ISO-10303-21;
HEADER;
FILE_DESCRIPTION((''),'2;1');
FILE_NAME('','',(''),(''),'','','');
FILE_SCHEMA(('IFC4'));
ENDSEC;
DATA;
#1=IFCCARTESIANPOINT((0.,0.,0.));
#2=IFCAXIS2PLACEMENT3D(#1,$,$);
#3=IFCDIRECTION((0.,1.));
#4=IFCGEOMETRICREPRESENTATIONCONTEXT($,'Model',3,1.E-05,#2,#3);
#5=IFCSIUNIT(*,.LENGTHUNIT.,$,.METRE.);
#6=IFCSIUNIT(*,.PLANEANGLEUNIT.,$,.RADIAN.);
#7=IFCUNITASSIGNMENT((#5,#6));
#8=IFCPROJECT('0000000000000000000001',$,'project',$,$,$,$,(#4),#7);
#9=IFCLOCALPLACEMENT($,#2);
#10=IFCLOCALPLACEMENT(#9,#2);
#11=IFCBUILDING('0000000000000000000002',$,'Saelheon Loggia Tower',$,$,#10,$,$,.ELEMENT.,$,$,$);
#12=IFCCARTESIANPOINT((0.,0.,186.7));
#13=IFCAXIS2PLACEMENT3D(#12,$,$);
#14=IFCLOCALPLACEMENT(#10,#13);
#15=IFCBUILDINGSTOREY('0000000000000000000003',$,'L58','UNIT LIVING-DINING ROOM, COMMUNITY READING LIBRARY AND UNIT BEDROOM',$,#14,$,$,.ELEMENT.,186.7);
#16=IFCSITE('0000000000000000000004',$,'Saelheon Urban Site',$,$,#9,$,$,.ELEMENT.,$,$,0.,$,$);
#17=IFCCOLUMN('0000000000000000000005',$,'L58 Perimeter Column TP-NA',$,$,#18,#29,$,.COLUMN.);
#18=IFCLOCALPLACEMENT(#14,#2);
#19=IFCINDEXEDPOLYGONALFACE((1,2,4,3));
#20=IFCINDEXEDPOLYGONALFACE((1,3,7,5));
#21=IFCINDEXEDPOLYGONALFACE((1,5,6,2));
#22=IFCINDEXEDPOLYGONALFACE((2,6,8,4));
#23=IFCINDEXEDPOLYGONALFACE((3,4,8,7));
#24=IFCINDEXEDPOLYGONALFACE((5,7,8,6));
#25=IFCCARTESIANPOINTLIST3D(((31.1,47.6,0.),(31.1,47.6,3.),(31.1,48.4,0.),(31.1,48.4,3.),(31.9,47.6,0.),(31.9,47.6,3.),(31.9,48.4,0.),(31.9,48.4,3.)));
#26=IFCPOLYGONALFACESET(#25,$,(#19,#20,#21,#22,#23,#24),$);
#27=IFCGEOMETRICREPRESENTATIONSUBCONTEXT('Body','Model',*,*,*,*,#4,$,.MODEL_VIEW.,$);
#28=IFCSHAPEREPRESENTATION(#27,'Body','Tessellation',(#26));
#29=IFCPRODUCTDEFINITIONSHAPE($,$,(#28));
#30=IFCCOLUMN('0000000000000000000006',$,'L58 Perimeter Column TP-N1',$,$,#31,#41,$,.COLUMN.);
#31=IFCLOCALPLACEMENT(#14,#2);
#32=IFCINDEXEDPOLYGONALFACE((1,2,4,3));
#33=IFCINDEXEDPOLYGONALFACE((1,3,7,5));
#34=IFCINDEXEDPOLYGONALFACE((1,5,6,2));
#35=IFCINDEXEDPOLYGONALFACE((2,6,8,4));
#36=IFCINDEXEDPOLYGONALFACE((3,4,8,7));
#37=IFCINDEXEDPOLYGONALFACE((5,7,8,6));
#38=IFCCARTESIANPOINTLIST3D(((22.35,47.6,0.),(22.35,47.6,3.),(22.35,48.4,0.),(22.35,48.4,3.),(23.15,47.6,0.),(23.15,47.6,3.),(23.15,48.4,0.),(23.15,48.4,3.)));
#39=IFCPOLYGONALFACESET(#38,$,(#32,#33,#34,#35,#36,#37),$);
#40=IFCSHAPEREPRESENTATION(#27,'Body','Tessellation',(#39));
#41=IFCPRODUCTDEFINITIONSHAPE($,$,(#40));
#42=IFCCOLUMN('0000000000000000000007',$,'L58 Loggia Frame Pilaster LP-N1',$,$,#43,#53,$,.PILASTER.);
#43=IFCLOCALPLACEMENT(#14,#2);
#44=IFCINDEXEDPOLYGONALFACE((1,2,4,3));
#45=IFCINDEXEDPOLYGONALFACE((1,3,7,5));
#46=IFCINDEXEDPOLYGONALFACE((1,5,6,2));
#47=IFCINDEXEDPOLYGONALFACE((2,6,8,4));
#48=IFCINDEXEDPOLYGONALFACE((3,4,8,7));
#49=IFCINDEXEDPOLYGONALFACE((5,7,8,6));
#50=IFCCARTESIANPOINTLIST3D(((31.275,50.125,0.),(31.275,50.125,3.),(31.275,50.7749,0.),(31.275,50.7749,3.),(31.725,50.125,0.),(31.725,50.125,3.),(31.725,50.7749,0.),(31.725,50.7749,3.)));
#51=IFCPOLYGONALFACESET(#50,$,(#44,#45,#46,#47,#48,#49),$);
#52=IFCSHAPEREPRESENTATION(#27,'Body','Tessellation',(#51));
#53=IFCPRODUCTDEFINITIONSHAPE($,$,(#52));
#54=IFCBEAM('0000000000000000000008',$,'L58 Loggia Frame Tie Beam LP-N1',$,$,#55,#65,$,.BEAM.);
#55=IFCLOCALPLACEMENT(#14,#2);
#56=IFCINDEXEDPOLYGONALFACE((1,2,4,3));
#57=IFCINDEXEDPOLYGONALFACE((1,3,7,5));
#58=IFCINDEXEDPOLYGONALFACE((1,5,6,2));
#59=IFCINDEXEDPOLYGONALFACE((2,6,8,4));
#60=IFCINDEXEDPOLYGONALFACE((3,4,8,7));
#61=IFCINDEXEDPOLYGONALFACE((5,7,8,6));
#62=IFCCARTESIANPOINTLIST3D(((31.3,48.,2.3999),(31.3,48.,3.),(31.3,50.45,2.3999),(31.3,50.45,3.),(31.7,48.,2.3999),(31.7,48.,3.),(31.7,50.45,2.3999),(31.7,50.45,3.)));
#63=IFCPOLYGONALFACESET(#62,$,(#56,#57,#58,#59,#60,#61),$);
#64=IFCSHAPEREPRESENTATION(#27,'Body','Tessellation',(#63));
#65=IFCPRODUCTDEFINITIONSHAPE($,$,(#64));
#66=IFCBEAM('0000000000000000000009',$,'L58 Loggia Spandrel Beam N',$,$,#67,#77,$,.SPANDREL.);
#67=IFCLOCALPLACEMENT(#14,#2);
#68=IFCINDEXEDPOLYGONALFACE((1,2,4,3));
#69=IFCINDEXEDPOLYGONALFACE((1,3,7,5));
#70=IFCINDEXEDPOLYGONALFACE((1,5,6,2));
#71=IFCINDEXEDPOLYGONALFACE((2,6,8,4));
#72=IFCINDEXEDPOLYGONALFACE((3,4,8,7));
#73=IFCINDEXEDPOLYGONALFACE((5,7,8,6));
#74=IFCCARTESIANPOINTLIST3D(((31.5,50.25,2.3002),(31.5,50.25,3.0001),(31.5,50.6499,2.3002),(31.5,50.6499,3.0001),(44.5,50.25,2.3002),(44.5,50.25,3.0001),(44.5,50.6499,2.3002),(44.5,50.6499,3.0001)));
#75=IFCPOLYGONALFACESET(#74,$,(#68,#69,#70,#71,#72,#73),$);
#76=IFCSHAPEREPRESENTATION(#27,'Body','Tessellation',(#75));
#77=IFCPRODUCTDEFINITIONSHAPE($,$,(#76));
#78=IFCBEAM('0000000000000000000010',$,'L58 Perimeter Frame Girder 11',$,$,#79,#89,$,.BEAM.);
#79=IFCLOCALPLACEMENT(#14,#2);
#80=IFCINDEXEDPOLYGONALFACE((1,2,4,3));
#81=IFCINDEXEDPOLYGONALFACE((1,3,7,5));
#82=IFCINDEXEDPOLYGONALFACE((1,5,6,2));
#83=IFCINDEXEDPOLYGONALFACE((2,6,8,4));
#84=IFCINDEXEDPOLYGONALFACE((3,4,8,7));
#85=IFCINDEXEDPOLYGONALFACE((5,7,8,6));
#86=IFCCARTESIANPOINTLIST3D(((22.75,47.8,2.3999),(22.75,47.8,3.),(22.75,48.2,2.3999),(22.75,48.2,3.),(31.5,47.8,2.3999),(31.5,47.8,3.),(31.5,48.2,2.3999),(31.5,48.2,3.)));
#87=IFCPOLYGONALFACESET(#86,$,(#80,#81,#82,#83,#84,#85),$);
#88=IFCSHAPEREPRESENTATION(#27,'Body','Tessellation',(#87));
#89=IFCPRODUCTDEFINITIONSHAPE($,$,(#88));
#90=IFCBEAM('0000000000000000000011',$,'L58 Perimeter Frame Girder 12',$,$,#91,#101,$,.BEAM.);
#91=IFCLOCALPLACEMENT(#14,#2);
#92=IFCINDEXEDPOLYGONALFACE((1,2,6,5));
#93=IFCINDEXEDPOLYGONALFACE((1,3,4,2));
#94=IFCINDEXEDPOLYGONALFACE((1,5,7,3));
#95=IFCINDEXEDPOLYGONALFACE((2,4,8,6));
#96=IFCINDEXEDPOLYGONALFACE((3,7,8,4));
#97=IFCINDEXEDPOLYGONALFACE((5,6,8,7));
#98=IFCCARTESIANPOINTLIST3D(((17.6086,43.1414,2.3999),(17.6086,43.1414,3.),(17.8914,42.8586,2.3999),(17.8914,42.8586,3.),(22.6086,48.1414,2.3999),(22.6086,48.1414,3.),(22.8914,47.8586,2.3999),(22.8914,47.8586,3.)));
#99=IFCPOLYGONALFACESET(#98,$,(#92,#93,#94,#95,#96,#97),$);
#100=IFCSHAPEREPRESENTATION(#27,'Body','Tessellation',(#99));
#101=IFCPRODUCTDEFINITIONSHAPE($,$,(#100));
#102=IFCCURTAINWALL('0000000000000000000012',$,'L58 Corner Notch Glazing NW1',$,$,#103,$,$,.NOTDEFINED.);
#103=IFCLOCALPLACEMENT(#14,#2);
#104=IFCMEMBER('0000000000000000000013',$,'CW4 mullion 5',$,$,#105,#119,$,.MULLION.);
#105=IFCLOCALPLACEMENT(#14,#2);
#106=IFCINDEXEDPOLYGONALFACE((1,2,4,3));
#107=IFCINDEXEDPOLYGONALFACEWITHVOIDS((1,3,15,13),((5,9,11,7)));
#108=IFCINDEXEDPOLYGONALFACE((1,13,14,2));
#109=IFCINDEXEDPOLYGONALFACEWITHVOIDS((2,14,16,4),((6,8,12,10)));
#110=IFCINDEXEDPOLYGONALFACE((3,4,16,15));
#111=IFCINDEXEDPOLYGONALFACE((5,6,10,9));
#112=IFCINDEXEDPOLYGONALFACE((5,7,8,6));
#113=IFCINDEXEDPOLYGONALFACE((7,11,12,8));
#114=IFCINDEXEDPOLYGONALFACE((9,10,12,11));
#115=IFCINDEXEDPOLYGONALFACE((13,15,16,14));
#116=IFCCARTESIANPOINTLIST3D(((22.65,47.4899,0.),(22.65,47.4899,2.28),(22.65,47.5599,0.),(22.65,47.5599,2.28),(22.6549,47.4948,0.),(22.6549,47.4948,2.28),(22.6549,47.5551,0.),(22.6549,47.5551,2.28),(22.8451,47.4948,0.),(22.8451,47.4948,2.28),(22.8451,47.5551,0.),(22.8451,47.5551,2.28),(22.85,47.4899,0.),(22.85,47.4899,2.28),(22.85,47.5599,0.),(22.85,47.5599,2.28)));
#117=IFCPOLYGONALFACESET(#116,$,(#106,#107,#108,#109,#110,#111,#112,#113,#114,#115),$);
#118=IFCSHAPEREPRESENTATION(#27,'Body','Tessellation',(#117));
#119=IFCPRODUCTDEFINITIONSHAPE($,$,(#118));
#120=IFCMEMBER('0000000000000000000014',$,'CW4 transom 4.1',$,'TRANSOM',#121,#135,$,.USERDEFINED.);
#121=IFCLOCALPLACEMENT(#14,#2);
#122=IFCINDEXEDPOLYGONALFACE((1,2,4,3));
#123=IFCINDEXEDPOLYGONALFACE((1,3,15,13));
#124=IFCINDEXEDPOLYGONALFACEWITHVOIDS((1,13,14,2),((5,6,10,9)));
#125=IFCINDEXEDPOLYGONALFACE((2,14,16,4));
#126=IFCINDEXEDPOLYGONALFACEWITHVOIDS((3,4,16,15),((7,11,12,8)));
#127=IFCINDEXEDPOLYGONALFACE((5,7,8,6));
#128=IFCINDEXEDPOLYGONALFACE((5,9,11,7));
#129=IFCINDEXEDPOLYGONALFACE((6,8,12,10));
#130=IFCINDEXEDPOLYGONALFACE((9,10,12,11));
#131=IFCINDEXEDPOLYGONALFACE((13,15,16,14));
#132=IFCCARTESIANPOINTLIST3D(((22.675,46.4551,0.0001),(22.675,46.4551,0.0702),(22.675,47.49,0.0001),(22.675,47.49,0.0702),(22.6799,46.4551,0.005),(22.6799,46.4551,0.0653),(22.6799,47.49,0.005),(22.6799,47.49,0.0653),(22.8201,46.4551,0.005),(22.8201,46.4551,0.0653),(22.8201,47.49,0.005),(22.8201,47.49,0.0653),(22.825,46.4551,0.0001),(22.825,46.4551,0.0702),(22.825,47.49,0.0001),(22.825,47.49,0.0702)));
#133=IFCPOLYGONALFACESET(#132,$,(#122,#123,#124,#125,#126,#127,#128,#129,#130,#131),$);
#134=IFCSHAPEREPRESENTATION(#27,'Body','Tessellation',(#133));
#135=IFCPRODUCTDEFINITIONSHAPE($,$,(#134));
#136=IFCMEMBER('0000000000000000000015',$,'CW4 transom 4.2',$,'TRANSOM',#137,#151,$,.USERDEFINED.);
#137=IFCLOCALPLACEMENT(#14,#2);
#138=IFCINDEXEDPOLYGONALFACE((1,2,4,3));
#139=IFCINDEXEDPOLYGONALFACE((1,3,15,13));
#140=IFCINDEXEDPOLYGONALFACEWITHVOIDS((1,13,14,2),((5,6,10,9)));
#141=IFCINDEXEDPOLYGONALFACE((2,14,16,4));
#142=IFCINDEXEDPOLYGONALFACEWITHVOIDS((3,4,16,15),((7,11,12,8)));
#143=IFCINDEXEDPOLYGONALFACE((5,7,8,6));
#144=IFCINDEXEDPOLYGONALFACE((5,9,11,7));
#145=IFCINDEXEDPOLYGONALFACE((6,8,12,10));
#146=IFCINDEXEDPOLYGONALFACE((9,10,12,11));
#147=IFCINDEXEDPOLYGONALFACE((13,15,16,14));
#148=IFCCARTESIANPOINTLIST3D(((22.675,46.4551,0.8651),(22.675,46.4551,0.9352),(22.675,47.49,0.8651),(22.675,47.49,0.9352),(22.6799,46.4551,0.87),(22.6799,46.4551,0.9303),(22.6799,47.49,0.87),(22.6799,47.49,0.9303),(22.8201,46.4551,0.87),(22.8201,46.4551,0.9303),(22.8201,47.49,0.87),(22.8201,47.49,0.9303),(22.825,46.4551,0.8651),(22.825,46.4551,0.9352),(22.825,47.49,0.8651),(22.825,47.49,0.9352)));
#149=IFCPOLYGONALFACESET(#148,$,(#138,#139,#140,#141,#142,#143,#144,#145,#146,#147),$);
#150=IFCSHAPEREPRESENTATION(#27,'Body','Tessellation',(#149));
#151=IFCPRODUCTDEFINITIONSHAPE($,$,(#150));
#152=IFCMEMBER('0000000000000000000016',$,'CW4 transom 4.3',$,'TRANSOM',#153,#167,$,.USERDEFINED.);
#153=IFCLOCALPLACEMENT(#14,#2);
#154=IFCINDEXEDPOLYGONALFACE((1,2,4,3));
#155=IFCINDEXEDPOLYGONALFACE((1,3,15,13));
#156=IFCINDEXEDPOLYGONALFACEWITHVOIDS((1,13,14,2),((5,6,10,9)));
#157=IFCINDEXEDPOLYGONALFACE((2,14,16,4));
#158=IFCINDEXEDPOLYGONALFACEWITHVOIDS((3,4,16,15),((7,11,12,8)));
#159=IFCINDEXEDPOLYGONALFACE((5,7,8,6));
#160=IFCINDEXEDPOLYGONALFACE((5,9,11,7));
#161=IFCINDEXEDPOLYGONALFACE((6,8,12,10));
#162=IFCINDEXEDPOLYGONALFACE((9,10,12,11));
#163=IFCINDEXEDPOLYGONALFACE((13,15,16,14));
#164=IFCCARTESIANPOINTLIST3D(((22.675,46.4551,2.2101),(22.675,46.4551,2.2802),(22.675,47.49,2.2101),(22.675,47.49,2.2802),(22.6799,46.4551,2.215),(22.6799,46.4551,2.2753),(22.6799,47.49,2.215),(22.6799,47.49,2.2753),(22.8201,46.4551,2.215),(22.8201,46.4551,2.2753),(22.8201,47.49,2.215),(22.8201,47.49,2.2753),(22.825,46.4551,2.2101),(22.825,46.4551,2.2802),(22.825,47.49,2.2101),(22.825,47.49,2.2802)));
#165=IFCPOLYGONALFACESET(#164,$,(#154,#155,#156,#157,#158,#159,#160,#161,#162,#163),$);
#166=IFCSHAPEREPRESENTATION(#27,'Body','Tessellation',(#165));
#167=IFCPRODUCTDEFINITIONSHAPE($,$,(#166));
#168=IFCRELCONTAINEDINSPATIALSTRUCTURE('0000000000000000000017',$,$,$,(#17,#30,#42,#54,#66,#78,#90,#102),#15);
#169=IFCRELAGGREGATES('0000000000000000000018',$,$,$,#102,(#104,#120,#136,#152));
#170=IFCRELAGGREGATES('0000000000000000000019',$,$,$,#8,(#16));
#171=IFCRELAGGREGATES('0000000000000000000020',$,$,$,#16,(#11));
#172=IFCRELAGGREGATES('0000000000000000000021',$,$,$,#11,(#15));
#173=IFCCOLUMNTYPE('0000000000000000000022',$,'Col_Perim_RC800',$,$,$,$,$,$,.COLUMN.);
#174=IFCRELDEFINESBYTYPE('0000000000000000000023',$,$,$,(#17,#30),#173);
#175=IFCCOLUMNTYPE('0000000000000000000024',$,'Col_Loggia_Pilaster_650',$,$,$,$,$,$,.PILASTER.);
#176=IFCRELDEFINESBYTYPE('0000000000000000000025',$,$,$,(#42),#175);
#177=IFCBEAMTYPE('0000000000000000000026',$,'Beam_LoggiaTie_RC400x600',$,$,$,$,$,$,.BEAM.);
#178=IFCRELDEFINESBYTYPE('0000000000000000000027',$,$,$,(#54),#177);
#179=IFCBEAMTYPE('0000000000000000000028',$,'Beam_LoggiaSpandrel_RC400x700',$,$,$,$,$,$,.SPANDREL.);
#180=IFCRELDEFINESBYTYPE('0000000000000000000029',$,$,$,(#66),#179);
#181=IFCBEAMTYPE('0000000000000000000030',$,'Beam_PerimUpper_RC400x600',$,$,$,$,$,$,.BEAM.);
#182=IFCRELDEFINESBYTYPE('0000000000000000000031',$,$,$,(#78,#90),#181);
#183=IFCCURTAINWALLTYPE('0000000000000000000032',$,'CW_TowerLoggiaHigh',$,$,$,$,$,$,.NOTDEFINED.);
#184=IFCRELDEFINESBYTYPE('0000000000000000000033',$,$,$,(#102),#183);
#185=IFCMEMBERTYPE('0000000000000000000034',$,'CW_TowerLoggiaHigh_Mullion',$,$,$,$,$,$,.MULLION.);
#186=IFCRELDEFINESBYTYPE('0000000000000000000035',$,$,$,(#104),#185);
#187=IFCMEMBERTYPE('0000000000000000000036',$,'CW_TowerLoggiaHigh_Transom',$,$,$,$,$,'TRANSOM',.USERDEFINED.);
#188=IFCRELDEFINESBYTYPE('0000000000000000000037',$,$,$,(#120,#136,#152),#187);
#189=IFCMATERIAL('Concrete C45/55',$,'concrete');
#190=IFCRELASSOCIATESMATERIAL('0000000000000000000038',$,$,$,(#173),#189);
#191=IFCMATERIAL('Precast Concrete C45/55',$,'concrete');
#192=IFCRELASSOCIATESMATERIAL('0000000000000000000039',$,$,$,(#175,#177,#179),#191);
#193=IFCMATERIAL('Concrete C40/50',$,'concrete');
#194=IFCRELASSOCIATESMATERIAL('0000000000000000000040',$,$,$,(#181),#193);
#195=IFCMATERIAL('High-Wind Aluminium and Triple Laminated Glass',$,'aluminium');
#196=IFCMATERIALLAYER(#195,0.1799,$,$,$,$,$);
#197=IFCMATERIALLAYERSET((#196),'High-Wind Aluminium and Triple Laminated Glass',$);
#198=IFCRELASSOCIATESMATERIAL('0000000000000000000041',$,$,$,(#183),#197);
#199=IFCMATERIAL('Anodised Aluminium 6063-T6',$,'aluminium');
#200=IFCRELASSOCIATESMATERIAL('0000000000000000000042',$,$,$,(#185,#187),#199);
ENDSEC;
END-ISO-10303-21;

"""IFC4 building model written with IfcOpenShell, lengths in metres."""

from ifc_helpers import new_model, si_unit, direction, frame, origin, origin_2d, place, context, subcontext, project, spatial, rectangle, hollow_rectangle, extrude, source, transform, mapped, material, layer, layer_set, material_profile, profile_set, type_object, element, aggregate, save


model = new_model("IFC4")

# Units and contexts
model_context = context("Model", 3, precision=1e-05, world=origin(), true_north=direction((0.0, 1.0)))
body_context = subcontext(model_context, "Body", "Model", "MODEL_VIEW")
ifc_project = project(units=[si_unit("LENGTHUNIT", "METRE"), si_unit("PLANEANGLEUNIT", "RADIAN")], contexts=[model_context])

# Site, building, storey
site_placement = place(None, origin())
site = spatial("IfcSite", under=ifc_project, at=site_placement, Name="Saelheon Urban Site", CompositionType="ELEMENT", RefElevation=0.0)
building_placement = place(site_placement, origin())
building = spatial("IfcBuilding", under=site, at=building_placement, Name="Saelheon Loggia Tower", CompositionType="ELEMENT")
storey_placement = place(building_placement, frame((0.0, 0.0, 186.7)))
storey = spatial("IfcBuildingStorey", under=building, at=storey_placement, Name="L58", Description="UNIT LIVING-DINING ROOM, COMMUNITY READING LIBRARY AND UNIT BEDROOM", CompositionType="ELEMENT", Elevation=186.7)

# Columns
ifc_material_1 = material(Name="Concrete C45/55", Category="concrete")
ifc_material_profile_1 = material_profile(ifc_material_1, rectangle(XDim=0.8, YDim=0.8, at=origin_2d()), Name="RC-800x800")
ifc_profile_set_1 = profile_set([ifc_material_profile_1], Name="Concrete C45/55")
column_type_1 = type_object("IfcColumnType", Name="Col_Perim_RC800", PredefinedType="COLUMN", material=ifc_profile_set_1)
shared_shape_1 = source(origin(), body_context, "Body", "SweptSolid", [
    extrude(rectangle(XDim=0.8, YDim=0.8, at=origin_2d()), origin(), (0.0, 0.0, 1.0), 3.0),
])
for number, where, z_axis, x_axis, name in (
    (1, (31.5, 48.0, 0.0), (0.0, 0.0, 1.0), (1.0, 0.0, 0.0), "L58 Perimeter Column TP-NA"),
    (2, (22.75, 48.0, 0.0), (0.0, 0.0, 1.0), (1.0, 0.0, 0.0), "L58 Perimeter Column TP-N1"),
):
    element("IfcColumn", number, at=place(storey_placement, frame(where, z_axis=z_axis, x_axis=x_axis)), inside=storey, type_object=column_type_1, Name=name, PredefinedType="COLUMN", context=body_context, shape_type="MappedRepresentation", body=[
        mapped(shared_shape_1, transform((0.0, 0.0, 0.0), scale=1.0)),
    ])
ifc_material_2 = material(Name="Precast Concrete C45/55", Category="concrete")
ifc_material_profile_2 = material_profile(ifc_material_2, rectangle(XDim=0.45, YDim=0.6499, at=origin_2d()), Name="RC-450x650")
ifc_profile_set_2 = profile_set([ifc_material_profile_2], Name="Precast Concrete C45/55")
column_type_2 = type_object("IfcColumnType", Name="Col_Loggia_Pilaster_650", PredefinedType="PILASTER", material=ifc_profile_set_2)
shared_shape_2 = source(origin(), body_context, "Body", "SweptSolid", [
    extrude(rectangle(XDim=0.45, YDim=0.6499, at=origin_2d()), origin(), (0.0, 0.0, 1.0), 3.0),
])
column_placement = place(storey_placement, frame((31.5, 50.45, 0.0), z_axis=(0.0, 0.0, 1.0), x_axis=(1.0, 0.0, 0.0)))
element("IfcColumn", 3, at=column_placement, inside=storey, type_object=column_type_2, Name="L58 Loggia Frame Pilaster LP-N1", PredefinedType="PILASTER", context=body_context, shape_type="MappedRepresentation", body=[
    mapped(shared_shape_2, transform((0.0, 0.0, 0.0), scale=1.0)),
])

# Beams
ifc_material_profile_3 = material_profile(ifc_material_2, rectangle(XDim=0.3999, YDim=0.6001, at=origin_2d()), Name="RC-400x600")
ifc_profile_set_3 = profile_set([ifc_material_profile_3], Name="Precast Concrete C45/55")
beam_type_1 = type_object("IfcBeamType", Name="Beam_LoggiaTie_RC400x600", PredefinedType="BEAM", material=ifc_profile_set_3)
shared_shape_3 = source(origin(), body_context, "Body", "SweptSolid", [
    extrude(rectangle(XDim=0.3999, YDim=0.6001, at=origin_2d()), origin(), (0.0, 0.0, 1.0), 2.45),
])
beam_1_placement = place(storey_placement, frame((31.5, 48.0, 2.7), z_axis=(0.0, 1.0, 0.0), x_axis=(-1.0, 0.0, 0.0)))
element("IfcBeam", 4, at=beam_1_placement, inside=storey, type_object=beam_type_1, Name="L58 Loggia Frame Tie Beam LP-N1", PredefinedType="BEAM", context=body_context, shape_type="MappedRepresentation", body=[
    mapped(shared_shape_3, transform((0.0, 0.0, 0.0), scale=1.0)),
])
ifc_material_profile_4 = material_profile(ifc_material_2, rectangle(XDim=0.3999, YDim=0.7, at=origin_2d()), Name="RC-400x700")
ifc_profile_set_4 = profile_set([ifc_material_profile_4], Name="Precast Concrete C45/55")
beam_type_2 = type_object("IfcBeamType", Name="Beam_LoggiaSpandrel_RC400x700", PredefinedType="SPANDREL", material=ifc_profile_set_4)
shared_shape_4 = source(origin(), body_context, "Body", "SweptSolid", [
    extrude(rectangle(XDim=0.3999, YDim=0.7, at=origin_2d()), origin(), (0.0, 0.0, 1.0), 13.0),
])
beam_2_placement = place(storey_placement, frame((31.5, 50.45, 2.6501), z_axis=(1.0, 0.0, 0.0), x_axis=(0.0, 1.0, 0.0)))
element("IfcBeam", 5, at=beam_2_placement, inside=storey, type_object=beam_type_2, Name="L58 Loggia Spandrel Beam N", PredefinedType="SPANDREL", context=body_context, shape_type="MappedRepresentation", body=[
    mapped(shared_shape_4, transform((0.0, 0.0, 0.0), scale=1.0)),
])
ifc_material_3 = material(Name="Concrete C40/50", Category="concrete")
ifc_material_profile_5 = material_profile(ifc_material_3, rectangle(XDim=0.3999, YDim=0.6001, at=origin_2d()), Name="RC-400x600")
ifc_profile_set_5 = profile_set([ifc_material_profile_5], Name="Concrete C40/50")
beam_type_3 = type_object("IfcBeamType", Name="Beam_PerimUpper_RC400x600", PredefinedType="BEAM", material=ifc_profile_set_5)
shared_shape_5 = source(origin(), body_context, "Body", "SweptSolid", [
    extrude(rectangle(XDim=0.3999, YDim=0.6001, at=origin_2d()), origin(), (0.0, 0.0, 1.0), 8.75),
])
beam_3_placement = place(storey_placement, frame((31.5, 48.0, 2.7), z_axis=(-1.0, 0.0, 0.0), x_axis=(0.0, -1.0, 0.0)))
element("IfcBeam", 6, at=beam_3_placement, inside=storey, type_object=beam_type_3, Name="L58 Perimeter Frame Girder 11", PredefinedType="BEAM", context=body_context, shape_type="MappedRepresentation", body=[
    mapped(shared_shape_5, transform((0.0, 0.0, 0.0), scale=1.0)),
])
shared_shape_6 = source(origin(), body_context, "Body", "SweptSolid", [
    extrude(rectangle(XDim=0.3999, YDim=0.6001, at=origin_2d()), origin(), (0.0, 0.0, 1.0), 7.071),
])
beam_4_placement = place(storey_placement, frame((22.75, 48.0, 2.7), z_axis=(-0.707107, -0.707107, 0.0), x_axis=(0.707107, -0.707107, 0.0)))
element("IfcBeam", 7, at=beam_4_placement, inside=storey, type_object=beam_type_3, Name="L58 Perimeter Frame Girder 12", PredefinedType="BEAM", context=body_context, shape_type="MappedRepresentation", body=[
    mapped(shared_shape_6, transform((0.0, 0.0, 0.0), scale=1.0)),
])

# Curtain wall, members
ifc_material_4 = material(Name="High-Wind Aluminium and Triple Laminated Glass", Category="aluminium")
ifc_layer_1 = layer(ifc_material_4, 0.1799)
ifc_layer_set_1 = layer_set([ifc_layer_1], Name="High-Wind Aluminium and Triple Laminated Glass")
curtain_wall_type = type_object("IfcCurtainWallType", Name="CW_TowerLoggiaHigh", PredefinedType="NOTDEFINED", material=ifc_layer_set_1)
curtain_wall_placement = place(storey_placement, origin())
curtain_wall = element("IfcCurtainWall", 8, at=curtain_wall_placement, inside=storey, type_object=curtain_wall_type, Name="L58 Corner Notch Glazing NW1", PredefinedType="NOTDEFINED")
ifc_material_5 = material(Name="Anodised Aluminium 6063-T6", Category="aluminium")
ifc_material_profile_6 = material_profile(ifc_material_5, hollow_rectangle(XDim=0.0701, YDim=0.2, WallThickness=0.0049, at=origin_2d()), Name="RHS-200x70x5")
ifc_profile_set_6 = profile_set([ifc_material_profile_6], Name="Anodised Aluminium 6063-T6")
member_type_1 = type_object("IfcMemberType", Name="CW_TowerLoggiaHigh_Mullion", PredefinedType="MULLION", material=ifc_profile_set_6)
shared_shape_7 = source(origin(), body_context, "Body", "SweptSolid", [
    extrude(hollow_rectangle(XDim=0.0701, YDim=0.2, WallThickness=0.0049, at=origin_2d()), origin(), (0.0, 0.0, 1.0), 2.28),
])
member_1_placement = place(storey_placement, frame((22.75, 47.5249, 0.0), z_axis=(0.0, 0.0, 1.0), x_axis=(0.0, 1.0, 0.0)))
member_1 = element("IfcMember", 9, at=member_1_placement, type_object=member_type_1, Name="CW4 mullion 5", PredefinedType="MULLION", context=body_context, shape_type="MappedRepresentation", body=[
    mapped(shared_shape_7, transform((0.0, 0.0, 0.0), scale=1.0)),
])
ifc_material_profile_7 = material_profile(ifc_material_5, hollow_rectangle(XDim=0.0701, YDim=0.1499, WallThickness=0.0049, at=origin_2d()), Name="RHS-150x70x5")
ifc_profile_set_7 = profile_set([ifc_material_profile_7], Name="Anodised Aluminium 6063-T6")
member_type_2 = type_object("IfcMemberType", Name="CW_TowerLoggiaHigh_Transom", ElementType="TRANSOM", PredefinedType="USERDEFINED", material=ifc_profile_set_7)
shared_shape_8 = source(origin(), body_context, "Body", "SweptSolid", [
    extrude(hollow_rectangle(XDim=0.0701, YDim=0.1499, WallThickness=0.0049, at=origin_2d()), origin(), (0.0, 0.0, 1.0), 1.0349),
])
member_2_placement = place(storey_placement, frame((22.75, 46.4551, 0.0352), z_axis=(0.0, 1.0, 0.0), x_axis=(0.0, 0.0, 1.0)))
member_2 = element("IfcMember", 10, at=member_2_placement, type_object=member_type_2, Name="CW4 transom 4.1", ObjectType="TRANSOM", PredefinedType="USERDEFINED", context=body_context, shape_type="MappedRepresentation", body=[
    mapped(shared_shape_8, transform((0.0, 0.0, 0.0), scale=1.0)),
])
member_3_placement = place(storey_placement, frame((22.75, 46.4551, 0.9001), z_axis=(0.0, 1.0, 0.0), x_axis=(0.0, 0.0, 1.0)))
member_3 = element("IfcMember", 11, at=member_3_placement, type_object=member_type_2, Name="CW4 transom 4.2", ObjectType="TRANSOM", PredefinedType="USERDEFINED", context=body_context, shape_type="MappedRepresentation", body=[
    mapped(shared_shape_8, transform((0.0, 0.0, 0.0), scale=1.0)),
])
member_4_placement = place(storey_placement, frame((22.75, 46.4551, 2.2451), z_axis=(0.0, 1.0, 0.0), x_axis=(0.0, 0.0, 1.0)))
member_4 = element("IfcMember", 12, at=member_4_placement, type_object=member_type_2, Name="CW4 transom 4.3", ObjectType="TRANSOM", PredefinedType="USERDEFINED", context=body_context, shape_type="MappedRepresentation", body=[
    mapped(shared_shape_8, transform((0.0, 0.0, 0.0), scale=1.0)),
])
aggregate(curtain_wall, [member_1, member_2, member_3, member_4])

save(model, "model.ifc")
